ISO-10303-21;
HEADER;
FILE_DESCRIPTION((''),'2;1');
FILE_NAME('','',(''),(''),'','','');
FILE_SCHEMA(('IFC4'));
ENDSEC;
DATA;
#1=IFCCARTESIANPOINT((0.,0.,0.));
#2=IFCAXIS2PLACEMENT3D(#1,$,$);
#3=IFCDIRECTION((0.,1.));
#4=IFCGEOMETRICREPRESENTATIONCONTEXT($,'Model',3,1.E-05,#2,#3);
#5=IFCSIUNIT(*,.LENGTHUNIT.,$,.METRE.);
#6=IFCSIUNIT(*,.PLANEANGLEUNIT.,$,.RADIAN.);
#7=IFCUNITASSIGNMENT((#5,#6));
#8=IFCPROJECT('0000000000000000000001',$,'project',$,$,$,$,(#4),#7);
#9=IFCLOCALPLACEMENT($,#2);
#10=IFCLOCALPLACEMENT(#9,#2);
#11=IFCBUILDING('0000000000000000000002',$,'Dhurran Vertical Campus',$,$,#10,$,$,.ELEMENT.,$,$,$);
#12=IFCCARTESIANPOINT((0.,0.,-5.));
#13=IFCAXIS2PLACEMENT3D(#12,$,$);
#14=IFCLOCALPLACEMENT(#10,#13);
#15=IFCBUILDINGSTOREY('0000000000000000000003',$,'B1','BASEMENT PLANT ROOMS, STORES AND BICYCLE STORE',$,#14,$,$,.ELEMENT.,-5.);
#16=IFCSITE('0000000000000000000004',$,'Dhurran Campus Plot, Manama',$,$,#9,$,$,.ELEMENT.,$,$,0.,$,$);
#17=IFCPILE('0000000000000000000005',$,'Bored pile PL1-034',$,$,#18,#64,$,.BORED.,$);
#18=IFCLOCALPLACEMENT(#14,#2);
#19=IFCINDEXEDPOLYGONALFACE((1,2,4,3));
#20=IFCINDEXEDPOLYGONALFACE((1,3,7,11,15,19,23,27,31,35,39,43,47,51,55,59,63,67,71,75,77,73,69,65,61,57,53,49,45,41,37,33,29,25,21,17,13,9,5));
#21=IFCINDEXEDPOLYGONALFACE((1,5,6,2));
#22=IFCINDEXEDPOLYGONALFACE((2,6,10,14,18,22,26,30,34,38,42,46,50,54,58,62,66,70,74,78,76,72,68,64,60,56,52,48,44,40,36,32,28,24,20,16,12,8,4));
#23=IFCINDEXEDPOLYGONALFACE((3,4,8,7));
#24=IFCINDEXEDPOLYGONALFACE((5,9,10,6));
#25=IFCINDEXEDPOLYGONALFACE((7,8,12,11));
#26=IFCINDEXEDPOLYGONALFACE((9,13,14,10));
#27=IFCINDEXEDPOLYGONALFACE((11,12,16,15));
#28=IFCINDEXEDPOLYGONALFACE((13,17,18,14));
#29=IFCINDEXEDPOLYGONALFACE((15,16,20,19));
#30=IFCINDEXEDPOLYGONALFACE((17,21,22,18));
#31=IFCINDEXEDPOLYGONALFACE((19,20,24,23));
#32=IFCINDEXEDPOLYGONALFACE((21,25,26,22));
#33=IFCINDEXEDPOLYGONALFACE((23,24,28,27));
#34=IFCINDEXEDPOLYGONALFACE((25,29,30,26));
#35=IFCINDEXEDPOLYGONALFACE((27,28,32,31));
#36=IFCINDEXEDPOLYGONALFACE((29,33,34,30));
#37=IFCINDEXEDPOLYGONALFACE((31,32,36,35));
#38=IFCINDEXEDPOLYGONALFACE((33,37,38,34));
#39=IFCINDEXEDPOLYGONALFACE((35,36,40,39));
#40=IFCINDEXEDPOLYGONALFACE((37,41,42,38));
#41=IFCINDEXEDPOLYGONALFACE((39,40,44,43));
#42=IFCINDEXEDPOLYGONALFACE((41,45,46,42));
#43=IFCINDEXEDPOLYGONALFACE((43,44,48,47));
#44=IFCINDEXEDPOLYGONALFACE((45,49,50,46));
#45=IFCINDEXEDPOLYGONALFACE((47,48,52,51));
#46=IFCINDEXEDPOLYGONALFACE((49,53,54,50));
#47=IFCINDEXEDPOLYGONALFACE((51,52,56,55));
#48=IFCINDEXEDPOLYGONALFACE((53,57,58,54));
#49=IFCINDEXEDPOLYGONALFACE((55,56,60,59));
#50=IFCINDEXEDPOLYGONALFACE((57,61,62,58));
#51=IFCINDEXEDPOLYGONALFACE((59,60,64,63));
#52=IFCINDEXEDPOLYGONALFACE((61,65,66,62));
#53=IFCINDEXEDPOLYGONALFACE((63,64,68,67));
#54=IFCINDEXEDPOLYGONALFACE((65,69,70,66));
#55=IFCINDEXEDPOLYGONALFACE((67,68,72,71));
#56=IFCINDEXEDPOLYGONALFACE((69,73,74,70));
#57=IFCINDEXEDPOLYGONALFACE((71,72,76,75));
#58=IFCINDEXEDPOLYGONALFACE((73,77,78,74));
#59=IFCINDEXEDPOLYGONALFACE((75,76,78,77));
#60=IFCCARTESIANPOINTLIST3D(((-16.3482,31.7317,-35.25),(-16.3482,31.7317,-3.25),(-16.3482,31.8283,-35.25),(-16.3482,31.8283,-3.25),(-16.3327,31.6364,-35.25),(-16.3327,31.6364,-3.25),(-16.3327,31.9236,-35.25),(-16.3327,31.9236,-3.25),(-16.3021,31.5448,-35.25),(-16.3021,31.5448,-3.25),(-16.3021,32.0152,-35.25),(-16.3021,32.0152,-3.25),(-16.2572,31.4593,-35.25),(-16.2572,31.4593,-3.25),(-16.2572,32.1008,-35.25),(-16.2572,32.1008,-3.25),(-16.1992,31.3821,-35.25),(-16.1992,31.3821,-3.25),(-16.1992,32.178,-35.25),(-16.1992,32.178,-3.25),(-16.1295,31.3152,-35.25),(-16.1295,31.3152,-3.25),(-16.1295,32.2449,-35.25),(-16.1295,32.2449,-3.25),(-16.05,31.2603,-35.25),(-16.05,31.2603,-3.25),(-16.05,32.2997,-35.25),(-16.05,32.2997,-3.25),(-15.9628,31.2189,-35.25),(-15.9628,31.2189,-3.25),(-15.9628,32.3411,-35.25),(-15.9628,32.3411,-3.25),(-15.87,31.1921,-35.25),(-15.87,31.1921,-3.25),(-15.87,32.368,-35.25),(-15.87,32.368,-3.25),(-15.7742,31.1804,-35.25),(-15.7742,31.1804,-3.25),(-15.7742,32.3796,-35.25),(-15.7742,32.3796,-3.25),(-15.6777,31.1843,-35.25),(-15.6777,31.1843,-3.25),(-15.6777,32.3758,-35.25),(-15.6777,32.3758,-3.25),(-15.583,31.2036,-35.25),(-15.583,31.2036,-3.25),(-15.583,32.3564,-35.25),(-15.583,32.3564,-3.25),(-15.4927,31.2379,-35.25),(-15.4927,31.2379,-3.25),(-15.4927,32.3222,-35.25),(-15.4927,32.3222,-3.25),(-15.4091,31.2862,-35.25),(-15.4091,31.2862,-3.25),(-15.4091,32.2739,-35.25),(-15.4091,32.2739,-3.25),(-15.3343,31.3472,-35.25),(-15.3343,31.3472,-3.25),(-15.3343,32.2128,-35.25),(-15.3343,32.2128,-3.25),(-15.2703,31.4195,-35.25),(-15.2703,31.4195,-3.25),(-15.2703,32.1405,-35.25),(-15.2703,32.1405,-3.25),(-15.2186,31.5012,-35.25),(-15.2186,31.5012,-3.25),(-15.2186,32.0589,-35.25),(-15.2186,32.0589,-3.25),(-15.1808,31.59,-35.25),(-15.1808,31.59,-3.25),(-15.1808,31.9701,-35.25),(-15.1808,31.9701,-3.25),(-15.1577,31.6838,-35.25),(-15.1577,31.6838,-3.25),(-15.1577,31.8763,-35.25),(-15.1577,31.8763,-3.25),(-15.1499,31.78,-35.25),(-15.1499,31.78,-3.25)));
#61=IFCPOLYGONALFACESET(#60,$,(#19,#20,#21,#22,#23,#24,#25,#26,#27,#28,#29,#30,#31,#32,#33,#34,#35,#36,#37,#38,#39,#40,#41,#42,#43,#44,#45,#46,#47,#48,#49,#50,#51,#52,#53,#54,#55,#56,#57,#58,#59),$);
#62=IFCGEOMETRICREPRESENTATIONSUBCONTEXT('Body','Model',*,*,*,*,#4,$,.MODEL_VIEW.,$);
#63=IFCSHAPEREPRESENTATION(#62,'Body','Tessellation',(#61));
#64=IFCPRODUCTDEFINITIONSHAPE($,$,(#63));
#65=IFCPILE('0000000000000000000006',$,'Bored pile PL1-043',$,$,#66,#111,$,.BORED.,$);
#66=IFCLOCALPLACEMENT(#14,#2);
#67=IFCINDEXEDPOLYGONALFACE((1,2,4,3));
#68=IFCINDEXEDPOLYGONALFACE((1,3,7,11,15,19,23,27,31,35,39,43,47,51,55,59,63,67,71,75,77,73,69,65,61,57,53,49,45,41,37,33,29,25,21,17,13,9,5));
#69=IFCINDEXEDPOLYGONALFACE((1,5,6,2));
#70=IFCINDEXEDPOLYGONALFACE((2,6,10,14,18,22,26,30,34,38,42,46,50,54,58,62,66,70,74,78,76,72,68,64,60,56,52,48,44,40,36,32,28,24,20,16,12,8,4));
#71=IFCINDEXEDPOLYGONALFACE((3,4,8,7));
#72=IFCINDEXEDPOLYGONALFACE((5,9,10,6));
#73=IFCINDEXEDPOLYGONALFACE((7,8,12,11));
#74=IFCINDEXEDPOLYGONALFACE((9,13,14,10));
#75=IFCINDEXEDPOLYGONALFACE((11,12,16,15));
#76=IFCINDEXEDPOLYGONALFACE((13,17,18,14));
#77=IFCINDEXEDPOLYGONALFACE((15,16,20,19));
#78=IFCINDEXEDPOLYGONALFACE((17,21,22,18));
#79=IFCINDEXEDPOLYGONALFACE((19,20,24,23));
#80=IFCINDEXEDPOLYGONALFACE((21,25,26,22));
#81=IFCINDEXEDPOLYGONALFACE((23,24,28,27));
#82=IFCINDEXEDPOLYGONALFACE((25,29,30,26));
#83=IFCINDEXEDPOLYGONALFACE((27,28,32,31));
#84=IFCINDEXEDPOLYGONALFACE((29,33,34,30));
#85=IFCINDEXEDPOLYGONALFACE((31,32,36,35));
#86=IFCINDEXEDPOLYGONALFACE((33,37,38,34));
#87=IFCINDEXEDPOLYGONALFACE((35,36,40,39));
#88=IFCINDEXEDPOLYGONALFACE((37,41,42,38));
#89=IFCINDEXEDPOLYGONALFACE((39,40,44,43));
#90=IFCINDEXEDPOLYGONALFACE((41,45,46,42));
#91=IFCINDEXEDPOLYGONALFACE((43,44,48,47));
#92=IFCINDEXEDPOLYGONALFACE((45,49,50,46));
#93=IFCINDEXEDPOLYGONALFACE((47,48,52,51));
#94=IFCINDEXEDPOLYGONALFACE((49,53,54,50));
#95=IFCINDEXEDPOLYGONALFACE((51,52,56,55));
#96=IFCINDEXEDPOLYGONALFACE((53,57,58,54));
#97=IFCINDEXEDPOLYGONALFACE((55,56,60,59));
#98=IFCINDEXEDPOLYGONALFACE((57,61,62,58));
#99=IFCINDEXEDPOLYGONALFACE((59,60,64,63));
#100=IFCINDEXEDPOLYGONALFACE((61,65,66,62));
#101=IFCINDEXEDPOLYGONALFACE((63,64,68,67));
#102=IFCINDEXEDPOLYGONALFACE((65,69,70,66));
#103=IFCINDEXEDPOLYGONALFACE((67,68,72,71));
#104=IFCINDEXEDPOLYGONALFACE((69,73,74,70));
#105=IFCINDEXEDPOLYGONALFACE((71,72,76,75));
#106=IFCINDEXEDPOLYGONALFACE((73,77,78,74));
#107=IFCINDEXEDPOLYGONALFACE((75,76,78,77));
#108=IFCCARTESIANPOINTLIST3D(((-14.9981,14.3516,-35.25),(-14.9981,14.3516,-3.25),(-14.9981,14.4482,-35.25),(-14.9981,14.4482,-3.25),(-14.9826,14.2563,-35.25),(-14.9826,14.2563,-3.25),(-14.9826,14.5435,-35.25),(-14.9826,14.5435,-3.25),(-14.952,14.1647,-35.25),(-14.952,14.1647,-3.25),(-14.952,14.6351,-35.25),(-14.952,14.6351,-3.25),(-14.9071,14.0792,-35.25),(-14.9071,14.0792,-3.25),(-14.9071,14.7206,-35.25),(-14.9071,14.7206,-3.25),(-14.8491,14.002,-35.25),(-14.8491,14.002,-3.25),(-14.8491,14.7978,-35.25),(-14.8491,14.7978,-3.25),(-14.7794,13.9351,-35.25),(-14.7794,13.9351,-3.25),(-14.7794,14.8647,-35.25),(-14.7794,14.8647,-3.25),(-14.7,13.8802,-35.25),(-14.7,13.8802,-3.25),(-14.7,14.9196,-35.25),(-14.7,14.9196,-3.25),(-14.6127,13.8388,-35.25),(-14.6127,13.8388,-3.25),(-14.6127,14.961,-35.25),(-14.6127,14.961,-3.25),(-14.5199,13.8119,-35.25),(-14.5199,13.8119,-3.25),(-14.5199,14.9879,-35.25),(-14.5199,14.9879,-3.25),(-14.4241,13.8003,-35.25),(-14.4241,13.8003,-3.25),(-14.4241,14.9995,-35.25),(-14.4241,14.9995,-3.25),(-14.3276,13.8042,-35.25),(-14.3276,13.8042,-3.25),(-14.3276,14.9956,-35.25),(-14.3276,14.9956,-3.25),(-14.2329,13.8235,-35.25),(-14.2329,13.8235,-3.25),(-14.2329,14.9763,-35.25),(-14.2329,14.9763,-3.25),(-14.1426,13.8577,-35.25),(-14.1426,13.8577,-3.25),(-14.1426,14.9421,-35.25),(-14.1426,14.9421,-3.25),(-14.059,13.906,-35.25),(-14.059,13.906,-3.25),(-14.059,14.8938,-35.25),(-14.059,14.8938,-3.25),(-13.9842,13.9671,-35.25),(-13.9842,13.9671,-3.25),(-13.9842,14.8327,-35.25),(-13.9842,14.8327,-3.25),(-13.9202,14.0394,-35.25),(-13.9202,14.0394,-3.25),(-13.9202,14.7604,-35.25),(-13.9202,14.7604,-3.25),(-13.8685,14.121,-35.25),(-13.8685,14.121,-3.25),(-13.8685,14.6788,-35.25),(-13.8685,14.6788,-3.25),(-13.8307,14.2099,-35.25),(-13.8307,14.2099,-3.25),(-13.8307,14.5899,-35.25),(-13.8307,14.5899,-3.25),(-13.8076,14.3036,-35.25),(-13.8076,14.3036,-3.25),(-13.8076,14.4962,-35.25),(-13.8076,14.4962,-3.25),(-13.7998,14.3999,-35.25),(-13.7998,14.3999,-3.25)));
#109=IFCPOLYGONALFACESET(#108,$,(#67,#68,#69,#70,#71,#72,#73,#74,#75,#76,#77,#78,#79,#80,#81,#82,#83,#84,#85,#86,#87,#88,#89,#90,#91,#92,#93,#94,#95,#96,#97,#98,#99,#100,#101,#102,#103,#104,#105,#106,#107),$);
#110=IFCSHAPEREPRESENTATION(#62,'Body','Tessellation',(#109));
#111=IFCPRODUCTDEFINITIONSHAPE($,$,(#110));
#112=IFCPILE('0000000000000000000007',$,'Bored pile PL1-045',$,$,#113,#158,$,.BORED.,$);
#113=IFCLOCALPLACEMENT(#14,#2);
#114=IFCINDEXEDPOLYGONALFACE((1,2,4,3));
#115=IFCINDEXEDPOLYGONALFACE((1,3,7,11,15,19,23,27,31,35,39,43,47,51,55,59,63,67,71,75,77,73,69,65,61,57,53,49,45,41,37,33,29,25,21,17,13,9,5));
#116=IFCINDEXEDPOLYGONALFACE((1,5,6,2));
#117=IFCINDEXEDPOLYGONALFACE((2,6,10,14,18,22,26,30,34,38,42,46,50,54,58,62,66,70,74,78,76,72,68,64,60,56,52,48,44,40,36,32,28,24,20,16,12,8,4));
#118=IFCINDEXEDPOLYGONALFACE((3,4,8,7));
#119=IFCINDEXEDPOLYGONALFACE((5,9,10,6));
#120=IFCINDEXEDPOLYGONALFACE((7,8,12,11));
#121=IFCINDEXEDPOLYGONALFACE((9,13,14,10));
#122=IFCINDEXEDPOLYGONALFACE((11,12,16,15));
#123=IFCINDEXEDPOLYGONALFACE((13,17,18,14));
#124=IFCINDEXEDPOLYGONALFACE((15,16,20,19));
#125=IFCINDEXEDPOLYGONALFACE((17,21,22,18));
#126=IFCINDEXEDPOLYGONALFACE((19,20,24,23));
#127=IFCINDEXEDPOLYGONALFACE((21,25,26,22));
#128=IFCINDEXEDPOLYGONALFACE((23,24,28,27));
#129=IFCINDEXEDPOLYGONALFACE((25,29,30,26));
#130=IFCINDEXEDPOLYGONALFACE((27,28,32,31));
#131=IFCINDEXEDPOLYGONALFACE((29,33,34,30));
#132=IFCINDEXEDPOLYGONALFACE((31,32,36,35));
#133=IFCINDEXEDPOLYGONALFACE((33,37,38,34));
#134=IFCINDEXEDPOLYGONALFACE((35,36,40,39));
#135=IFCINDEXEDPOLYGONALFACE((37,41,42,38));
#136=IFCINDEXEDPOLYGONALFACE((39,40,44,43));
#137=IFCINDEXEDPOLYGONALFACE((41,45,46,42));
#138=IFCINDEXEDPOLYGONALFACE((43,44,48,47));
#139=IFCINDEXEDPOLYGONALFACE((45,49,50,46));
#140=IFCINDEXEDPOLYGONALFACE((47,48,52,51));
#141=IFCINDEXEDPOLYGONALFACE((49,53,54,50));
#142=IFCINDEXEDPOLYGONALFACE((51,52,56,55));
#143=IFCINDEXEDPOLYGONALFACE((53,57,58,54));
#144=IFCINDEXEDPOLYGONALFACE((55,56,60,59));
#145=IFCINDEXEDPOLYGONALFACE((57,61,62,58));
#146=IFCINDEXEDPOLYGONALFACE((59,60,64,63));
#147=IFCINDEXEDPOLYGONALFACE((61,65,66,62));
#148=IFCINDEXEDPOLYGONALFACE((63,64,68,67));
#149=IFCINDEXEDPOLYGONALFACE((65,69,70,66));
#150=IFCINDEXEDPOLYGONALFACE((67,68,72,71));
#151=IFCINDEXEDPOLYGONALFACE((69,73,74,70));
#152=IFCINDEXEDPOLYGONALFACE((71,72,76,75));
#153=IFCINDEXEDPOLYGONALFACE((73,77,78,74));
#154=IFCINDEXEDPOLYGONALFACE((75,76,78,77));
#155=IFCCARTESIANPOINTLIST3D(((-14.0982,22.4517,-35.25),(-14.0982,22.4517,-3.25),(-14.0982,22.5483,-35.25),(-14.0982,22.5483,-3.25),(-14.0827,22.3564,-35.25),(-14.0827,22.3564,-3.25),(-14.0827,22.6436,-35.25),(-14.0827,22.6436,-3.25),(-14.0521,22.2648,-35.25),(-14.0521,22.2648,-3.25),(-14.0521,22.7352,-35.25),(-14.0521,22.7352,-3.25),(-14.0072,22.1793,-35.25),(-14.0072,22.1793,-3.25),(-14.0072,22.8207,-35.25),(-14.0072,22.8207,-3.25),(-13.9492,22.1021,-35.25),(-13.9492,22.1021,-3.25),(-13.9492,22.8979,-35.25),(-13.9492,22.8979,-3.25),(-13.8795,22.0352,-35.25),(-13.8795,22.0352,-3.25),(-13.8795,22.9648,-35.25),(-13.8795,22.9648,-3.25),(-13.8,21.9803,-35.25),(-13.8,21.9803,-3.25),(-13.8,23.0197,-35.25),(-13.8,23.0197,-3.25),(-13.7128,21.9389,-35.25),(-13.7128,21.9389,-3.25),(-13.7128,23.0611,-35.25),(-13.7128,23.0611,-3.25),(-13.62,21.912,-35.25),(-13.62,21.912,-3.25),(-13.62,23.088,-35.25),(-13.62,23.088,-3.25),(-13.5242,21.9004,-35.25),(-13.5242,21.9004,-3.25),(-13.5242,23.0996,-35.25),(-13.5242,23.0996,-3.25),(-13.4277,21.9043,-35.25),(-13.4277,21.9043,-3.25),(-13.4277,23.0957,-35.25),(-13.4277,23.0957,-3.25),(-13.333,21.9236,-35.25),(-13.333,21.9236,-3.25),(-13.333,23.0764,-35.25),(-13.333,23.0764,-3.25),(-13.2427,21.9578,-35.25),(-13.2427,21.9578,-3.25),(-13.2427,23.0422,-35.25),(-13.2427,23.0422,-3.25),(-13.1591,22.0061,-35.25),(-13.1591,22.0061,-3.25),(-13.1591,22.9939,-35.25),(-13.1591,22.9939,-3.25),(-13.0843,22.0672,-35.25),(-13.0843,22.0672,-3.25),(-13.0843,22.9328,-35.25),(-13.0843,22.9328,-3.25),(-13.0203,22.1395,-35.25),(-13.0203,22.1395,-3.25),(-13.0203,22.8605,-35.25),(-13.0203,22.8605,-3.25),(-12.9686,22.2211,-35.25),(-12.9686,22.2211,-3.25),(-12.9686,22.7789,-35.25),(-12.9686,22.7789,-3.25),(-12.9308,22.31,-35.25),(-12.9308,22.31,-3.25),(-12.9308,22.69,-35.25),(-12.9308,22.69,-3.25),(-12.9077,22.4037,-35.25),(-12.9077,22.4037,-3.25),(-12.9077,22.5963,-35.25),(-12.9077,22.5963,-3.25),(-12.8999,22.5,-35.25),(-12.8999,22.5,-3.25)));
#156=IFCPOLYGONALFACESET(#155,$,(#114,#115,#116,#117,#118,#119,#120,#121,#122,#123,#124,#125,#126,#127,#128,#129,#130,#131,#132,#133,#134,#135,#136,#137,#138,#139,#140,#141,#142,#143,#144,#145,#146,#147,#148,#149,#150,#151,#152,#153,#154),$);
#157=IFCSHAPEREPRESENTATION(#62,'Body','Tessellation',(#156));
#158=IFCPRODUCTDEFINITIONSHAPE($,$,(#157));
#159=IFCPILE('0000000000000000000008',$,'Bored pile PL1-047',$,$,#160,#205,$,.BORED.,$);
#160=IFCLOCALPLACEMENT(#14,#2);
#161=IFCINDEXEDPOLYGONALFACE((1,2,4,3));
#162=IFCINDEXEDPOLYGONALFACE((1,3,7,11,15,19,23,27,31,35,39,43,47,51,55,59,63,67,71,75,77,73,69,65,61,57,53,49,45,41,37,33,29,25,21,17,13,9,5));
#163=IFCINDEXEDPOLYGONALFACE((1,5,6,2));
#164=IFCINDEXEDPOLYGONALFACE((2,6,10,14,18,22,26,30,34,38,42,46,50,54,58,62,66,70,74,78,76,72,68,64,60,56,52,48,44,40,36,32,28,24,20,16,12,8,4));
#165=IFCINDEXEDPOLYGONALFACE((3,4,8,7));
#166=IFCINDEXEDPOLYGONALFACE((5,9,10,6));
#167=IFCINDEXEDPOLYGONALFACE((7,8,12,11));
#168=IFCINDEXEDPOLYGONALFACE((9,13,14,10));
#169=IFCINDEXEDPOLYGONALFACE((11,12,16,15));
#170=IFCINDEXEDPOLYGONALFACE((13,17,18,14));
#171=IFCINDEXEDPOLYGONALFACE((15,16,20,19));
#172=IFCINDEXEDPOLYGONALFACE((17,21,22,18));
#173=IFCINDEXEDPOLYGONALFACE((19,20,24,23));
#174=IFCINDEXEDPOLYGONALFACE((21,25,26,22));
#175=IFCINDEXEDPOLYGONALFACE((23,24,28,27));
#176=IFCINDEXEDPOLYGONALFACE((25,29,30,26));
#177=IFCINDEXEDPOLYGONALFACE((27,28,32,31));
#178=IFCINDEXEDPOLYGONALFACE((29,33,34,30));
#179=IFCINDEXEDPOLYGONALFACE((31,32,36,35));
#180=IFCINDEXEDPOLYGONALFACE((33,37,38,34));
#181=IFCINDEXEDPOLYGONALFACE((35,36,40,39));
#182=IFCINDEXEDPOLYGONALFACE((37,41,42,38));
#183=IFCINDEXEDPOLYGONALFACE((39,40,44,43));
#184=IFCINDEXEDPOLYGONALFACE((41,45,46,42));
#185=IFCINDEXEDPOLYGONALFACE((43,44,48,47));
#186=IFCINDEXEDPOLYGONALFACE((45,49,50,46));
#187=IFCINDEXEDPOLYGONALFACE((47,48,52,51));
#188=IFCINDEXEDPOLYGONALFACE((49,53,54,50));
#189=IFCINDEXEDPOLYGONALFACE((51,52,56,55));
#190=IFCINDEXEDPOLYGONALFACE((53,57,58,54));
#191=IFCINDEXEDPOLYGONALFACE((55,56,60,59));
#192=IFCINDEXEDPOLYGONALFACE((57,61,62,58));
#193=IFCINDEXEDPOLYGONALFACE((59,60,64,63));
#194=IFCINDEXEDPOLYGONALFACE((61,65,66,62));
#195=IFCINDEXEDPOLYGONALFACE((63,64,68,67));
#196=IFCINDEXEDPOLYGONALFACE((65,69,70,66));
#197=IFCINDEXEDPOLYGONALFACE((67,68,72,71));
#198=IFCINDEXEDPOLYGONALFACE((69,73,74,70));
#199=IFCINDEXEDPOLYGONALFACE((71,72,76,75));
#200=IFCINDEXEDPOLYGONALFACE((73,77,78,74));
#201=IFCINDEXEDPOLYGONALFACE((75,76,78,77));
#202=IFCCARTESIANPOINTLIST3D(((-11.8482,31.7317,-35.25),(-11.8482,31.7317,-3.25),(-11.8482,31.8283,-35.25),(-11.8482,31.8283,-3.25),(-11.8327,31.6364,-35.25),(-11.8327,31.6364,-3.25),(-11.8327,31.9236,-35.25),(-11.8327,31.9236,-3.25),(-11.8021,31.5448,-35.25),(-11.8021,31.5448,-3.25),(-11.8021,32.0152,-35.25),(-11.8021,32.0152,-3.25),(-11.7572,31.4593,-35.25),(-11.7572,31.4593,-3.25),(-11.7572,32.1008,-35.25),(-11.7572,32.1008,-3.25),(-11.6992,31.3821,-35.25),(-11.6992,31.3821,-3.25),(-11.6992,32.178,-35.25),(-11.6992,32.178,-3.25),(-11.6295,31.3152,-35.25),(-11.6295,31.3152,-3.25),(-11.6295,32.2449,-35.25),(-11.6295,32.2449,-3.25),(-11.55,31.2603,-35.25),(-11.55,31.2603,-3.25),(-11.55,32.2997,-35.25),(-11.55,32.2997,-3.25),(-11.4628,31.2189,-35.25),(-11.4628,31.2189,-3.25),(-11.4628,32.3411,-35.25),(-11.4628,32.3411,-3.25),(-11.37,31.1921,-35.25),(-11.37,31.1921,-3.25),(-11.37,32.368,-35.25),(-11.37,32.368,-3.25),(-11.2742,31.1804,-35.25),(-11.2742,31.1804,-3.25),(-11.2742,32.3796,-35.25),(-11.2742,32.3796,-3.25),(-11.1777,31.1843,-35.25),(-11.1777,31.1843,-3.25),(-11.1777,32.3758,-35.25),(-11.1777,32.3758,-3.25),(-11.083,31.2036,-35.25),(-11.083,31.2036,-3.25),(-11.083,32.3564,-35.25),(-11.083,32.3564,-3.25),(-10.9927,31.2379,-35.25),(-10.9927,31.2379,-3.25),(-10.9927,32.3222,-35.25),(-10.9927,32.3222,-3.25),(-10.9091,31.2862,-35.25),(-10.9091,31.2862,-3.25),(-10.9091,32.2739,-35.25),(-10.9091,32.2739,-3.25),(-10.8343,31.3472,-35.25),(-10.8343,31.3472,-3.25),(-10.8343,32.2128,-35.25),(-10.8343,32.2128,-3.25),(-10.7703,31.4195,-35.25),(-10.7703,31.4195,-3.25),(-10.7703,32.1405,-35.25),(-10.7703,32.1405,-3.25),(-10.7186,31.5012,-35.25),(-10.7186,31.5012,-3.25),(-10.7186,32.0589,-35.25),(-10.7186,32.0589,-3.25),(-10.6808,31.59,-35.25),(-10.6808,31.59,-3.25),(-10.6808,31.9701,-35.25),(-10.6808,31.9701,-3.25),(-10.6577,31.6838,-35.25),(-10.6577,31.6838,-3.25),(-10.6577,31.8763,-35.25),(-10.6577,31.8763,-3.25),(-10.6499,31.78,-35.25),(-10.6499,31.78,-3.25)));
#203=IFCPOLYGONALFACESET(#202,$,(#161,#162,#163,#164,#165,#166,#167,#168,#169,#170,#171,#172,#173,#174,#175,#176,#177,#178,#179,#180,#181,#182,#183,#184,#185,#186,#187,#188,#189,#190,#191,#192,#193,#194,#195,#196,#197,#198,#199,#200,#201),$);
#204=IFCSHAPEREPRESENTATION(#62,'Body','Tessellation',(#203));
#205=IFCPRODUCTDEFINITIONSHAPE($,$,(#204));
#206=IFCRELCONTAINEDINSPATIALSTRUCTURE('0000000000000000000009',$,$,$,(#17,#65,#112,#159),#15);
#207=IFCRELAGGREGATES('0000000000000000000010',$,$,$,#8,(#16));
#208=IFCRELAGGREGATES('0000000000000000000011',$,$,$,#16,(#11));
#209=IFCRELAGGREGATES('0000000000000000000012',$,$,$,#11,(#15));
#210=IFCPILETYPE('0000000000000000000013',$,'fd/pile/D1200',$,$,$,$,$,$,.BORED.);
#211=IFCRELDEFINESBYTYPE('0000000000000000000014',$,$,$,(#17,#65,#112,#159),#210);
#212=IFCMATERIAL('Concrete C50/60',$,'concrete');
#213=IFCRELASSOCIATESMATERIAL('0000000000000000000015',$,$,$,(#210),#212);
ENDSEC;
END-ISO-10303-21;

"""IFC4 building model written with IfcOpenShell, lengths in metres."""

from ifc_helpers import new_model, si_unit, direction, frame, origin, origin_2d, place, context, subcontext, project, spatial, circle, extrude, material, material_profile, profile_set, type_object, element, save


model = new_model("IFC4")

# Units and contexts
model_context = context("Model", 3, precision=1e-05, world=origin(), true_north=direction((0.0, 1.0)))
body_context = subcontext(model_context, "Body", "Model", "MODEL_VIEW")
ifc_project = project(units=[si_unit("LENGTHUNIT", "METRE"), si_unit("PLANEANGLEUNIT", "RADIAN")], contexts=[model_context])

# Site, building, storey
site_placement = place(None, origin())
site = spatial("IfcSite", under=ifc_project, at=site_placement, Name="Dhurran Campus Plot, Manama", CompositionType="ELEMENT", RefElevation=0.0)
building_placement = place(site_placement, origin())
building = spatial("IfcBuilding", under=site, at=building_placement, Name="Dhurran Vertical Campus", CompositionType="ELEMENT")
storey_placement = place(building_placement, frame((0.0, 0.0, -5.0)))
storey = spatial("IfcBuildingStorey", under=building, at=storey_placement, Name="B1", Description="BASEMENT PLANT ROOMS, STORES AND BICYCLE STORE", CompositionType="ELEMENT", Elevation=-5.0)

# Piles
ifc_material_1 = material(Name="Concrete C50/60", Category="concrete")
ifc_material_profile_1 = material_profile(ifc_material_1, circle(Radius=0.6001, at=origin_2d()), Name="fd/pile/D1200")
ifc_profile_set_1 = profile_set([ifc_material_profile_1], Name="Concrete C50/60")
pile_type = type_object("IfcPileType", Name="fd/pile/D1200", PredefinedType="BORED", material=ifc_profile_set_1)
for number, where, z_axis, x_axis, name in (
    (1, (-15.75, 31.78, -3.25), (0.0, 0.0, -1.0), (1.0, 0.0, 0.0), "Bored pile PL1-034"),
    (2, (-14.3999, 14.3999, -3.25), (0.0, 0.0, -1.0), (1.0, 0.0, 0.0), "Bored pile PL1-043"),
    (3, (-13.5, 22.5, -3.25), (0.0, 0.0, -1.0), (1.0, 0.0, 0.0), "Bored pile PL1-045"),
    (4, (-11.25, 31.78, -3.25), (0.0, 0.0, -1.0), (1.0, 0.0, 0.0), "Bored pile PL1-047"),
):
    element("IfcPile", number, at=place(storey_placement, frame(where, z_axis=z_axis, x_axis=x_axis)), inside=storey, type_object=pile_type, Name=name, PredefinedType="BORED", context=body_context, shape_type="SweptSolid", body=[
        extrude(circle(Radius=0.6001, at=origin_2d()), origin(), (0.0, 0.0, 1.0), 32.0),
    ])

save(model, "model.ifc")
